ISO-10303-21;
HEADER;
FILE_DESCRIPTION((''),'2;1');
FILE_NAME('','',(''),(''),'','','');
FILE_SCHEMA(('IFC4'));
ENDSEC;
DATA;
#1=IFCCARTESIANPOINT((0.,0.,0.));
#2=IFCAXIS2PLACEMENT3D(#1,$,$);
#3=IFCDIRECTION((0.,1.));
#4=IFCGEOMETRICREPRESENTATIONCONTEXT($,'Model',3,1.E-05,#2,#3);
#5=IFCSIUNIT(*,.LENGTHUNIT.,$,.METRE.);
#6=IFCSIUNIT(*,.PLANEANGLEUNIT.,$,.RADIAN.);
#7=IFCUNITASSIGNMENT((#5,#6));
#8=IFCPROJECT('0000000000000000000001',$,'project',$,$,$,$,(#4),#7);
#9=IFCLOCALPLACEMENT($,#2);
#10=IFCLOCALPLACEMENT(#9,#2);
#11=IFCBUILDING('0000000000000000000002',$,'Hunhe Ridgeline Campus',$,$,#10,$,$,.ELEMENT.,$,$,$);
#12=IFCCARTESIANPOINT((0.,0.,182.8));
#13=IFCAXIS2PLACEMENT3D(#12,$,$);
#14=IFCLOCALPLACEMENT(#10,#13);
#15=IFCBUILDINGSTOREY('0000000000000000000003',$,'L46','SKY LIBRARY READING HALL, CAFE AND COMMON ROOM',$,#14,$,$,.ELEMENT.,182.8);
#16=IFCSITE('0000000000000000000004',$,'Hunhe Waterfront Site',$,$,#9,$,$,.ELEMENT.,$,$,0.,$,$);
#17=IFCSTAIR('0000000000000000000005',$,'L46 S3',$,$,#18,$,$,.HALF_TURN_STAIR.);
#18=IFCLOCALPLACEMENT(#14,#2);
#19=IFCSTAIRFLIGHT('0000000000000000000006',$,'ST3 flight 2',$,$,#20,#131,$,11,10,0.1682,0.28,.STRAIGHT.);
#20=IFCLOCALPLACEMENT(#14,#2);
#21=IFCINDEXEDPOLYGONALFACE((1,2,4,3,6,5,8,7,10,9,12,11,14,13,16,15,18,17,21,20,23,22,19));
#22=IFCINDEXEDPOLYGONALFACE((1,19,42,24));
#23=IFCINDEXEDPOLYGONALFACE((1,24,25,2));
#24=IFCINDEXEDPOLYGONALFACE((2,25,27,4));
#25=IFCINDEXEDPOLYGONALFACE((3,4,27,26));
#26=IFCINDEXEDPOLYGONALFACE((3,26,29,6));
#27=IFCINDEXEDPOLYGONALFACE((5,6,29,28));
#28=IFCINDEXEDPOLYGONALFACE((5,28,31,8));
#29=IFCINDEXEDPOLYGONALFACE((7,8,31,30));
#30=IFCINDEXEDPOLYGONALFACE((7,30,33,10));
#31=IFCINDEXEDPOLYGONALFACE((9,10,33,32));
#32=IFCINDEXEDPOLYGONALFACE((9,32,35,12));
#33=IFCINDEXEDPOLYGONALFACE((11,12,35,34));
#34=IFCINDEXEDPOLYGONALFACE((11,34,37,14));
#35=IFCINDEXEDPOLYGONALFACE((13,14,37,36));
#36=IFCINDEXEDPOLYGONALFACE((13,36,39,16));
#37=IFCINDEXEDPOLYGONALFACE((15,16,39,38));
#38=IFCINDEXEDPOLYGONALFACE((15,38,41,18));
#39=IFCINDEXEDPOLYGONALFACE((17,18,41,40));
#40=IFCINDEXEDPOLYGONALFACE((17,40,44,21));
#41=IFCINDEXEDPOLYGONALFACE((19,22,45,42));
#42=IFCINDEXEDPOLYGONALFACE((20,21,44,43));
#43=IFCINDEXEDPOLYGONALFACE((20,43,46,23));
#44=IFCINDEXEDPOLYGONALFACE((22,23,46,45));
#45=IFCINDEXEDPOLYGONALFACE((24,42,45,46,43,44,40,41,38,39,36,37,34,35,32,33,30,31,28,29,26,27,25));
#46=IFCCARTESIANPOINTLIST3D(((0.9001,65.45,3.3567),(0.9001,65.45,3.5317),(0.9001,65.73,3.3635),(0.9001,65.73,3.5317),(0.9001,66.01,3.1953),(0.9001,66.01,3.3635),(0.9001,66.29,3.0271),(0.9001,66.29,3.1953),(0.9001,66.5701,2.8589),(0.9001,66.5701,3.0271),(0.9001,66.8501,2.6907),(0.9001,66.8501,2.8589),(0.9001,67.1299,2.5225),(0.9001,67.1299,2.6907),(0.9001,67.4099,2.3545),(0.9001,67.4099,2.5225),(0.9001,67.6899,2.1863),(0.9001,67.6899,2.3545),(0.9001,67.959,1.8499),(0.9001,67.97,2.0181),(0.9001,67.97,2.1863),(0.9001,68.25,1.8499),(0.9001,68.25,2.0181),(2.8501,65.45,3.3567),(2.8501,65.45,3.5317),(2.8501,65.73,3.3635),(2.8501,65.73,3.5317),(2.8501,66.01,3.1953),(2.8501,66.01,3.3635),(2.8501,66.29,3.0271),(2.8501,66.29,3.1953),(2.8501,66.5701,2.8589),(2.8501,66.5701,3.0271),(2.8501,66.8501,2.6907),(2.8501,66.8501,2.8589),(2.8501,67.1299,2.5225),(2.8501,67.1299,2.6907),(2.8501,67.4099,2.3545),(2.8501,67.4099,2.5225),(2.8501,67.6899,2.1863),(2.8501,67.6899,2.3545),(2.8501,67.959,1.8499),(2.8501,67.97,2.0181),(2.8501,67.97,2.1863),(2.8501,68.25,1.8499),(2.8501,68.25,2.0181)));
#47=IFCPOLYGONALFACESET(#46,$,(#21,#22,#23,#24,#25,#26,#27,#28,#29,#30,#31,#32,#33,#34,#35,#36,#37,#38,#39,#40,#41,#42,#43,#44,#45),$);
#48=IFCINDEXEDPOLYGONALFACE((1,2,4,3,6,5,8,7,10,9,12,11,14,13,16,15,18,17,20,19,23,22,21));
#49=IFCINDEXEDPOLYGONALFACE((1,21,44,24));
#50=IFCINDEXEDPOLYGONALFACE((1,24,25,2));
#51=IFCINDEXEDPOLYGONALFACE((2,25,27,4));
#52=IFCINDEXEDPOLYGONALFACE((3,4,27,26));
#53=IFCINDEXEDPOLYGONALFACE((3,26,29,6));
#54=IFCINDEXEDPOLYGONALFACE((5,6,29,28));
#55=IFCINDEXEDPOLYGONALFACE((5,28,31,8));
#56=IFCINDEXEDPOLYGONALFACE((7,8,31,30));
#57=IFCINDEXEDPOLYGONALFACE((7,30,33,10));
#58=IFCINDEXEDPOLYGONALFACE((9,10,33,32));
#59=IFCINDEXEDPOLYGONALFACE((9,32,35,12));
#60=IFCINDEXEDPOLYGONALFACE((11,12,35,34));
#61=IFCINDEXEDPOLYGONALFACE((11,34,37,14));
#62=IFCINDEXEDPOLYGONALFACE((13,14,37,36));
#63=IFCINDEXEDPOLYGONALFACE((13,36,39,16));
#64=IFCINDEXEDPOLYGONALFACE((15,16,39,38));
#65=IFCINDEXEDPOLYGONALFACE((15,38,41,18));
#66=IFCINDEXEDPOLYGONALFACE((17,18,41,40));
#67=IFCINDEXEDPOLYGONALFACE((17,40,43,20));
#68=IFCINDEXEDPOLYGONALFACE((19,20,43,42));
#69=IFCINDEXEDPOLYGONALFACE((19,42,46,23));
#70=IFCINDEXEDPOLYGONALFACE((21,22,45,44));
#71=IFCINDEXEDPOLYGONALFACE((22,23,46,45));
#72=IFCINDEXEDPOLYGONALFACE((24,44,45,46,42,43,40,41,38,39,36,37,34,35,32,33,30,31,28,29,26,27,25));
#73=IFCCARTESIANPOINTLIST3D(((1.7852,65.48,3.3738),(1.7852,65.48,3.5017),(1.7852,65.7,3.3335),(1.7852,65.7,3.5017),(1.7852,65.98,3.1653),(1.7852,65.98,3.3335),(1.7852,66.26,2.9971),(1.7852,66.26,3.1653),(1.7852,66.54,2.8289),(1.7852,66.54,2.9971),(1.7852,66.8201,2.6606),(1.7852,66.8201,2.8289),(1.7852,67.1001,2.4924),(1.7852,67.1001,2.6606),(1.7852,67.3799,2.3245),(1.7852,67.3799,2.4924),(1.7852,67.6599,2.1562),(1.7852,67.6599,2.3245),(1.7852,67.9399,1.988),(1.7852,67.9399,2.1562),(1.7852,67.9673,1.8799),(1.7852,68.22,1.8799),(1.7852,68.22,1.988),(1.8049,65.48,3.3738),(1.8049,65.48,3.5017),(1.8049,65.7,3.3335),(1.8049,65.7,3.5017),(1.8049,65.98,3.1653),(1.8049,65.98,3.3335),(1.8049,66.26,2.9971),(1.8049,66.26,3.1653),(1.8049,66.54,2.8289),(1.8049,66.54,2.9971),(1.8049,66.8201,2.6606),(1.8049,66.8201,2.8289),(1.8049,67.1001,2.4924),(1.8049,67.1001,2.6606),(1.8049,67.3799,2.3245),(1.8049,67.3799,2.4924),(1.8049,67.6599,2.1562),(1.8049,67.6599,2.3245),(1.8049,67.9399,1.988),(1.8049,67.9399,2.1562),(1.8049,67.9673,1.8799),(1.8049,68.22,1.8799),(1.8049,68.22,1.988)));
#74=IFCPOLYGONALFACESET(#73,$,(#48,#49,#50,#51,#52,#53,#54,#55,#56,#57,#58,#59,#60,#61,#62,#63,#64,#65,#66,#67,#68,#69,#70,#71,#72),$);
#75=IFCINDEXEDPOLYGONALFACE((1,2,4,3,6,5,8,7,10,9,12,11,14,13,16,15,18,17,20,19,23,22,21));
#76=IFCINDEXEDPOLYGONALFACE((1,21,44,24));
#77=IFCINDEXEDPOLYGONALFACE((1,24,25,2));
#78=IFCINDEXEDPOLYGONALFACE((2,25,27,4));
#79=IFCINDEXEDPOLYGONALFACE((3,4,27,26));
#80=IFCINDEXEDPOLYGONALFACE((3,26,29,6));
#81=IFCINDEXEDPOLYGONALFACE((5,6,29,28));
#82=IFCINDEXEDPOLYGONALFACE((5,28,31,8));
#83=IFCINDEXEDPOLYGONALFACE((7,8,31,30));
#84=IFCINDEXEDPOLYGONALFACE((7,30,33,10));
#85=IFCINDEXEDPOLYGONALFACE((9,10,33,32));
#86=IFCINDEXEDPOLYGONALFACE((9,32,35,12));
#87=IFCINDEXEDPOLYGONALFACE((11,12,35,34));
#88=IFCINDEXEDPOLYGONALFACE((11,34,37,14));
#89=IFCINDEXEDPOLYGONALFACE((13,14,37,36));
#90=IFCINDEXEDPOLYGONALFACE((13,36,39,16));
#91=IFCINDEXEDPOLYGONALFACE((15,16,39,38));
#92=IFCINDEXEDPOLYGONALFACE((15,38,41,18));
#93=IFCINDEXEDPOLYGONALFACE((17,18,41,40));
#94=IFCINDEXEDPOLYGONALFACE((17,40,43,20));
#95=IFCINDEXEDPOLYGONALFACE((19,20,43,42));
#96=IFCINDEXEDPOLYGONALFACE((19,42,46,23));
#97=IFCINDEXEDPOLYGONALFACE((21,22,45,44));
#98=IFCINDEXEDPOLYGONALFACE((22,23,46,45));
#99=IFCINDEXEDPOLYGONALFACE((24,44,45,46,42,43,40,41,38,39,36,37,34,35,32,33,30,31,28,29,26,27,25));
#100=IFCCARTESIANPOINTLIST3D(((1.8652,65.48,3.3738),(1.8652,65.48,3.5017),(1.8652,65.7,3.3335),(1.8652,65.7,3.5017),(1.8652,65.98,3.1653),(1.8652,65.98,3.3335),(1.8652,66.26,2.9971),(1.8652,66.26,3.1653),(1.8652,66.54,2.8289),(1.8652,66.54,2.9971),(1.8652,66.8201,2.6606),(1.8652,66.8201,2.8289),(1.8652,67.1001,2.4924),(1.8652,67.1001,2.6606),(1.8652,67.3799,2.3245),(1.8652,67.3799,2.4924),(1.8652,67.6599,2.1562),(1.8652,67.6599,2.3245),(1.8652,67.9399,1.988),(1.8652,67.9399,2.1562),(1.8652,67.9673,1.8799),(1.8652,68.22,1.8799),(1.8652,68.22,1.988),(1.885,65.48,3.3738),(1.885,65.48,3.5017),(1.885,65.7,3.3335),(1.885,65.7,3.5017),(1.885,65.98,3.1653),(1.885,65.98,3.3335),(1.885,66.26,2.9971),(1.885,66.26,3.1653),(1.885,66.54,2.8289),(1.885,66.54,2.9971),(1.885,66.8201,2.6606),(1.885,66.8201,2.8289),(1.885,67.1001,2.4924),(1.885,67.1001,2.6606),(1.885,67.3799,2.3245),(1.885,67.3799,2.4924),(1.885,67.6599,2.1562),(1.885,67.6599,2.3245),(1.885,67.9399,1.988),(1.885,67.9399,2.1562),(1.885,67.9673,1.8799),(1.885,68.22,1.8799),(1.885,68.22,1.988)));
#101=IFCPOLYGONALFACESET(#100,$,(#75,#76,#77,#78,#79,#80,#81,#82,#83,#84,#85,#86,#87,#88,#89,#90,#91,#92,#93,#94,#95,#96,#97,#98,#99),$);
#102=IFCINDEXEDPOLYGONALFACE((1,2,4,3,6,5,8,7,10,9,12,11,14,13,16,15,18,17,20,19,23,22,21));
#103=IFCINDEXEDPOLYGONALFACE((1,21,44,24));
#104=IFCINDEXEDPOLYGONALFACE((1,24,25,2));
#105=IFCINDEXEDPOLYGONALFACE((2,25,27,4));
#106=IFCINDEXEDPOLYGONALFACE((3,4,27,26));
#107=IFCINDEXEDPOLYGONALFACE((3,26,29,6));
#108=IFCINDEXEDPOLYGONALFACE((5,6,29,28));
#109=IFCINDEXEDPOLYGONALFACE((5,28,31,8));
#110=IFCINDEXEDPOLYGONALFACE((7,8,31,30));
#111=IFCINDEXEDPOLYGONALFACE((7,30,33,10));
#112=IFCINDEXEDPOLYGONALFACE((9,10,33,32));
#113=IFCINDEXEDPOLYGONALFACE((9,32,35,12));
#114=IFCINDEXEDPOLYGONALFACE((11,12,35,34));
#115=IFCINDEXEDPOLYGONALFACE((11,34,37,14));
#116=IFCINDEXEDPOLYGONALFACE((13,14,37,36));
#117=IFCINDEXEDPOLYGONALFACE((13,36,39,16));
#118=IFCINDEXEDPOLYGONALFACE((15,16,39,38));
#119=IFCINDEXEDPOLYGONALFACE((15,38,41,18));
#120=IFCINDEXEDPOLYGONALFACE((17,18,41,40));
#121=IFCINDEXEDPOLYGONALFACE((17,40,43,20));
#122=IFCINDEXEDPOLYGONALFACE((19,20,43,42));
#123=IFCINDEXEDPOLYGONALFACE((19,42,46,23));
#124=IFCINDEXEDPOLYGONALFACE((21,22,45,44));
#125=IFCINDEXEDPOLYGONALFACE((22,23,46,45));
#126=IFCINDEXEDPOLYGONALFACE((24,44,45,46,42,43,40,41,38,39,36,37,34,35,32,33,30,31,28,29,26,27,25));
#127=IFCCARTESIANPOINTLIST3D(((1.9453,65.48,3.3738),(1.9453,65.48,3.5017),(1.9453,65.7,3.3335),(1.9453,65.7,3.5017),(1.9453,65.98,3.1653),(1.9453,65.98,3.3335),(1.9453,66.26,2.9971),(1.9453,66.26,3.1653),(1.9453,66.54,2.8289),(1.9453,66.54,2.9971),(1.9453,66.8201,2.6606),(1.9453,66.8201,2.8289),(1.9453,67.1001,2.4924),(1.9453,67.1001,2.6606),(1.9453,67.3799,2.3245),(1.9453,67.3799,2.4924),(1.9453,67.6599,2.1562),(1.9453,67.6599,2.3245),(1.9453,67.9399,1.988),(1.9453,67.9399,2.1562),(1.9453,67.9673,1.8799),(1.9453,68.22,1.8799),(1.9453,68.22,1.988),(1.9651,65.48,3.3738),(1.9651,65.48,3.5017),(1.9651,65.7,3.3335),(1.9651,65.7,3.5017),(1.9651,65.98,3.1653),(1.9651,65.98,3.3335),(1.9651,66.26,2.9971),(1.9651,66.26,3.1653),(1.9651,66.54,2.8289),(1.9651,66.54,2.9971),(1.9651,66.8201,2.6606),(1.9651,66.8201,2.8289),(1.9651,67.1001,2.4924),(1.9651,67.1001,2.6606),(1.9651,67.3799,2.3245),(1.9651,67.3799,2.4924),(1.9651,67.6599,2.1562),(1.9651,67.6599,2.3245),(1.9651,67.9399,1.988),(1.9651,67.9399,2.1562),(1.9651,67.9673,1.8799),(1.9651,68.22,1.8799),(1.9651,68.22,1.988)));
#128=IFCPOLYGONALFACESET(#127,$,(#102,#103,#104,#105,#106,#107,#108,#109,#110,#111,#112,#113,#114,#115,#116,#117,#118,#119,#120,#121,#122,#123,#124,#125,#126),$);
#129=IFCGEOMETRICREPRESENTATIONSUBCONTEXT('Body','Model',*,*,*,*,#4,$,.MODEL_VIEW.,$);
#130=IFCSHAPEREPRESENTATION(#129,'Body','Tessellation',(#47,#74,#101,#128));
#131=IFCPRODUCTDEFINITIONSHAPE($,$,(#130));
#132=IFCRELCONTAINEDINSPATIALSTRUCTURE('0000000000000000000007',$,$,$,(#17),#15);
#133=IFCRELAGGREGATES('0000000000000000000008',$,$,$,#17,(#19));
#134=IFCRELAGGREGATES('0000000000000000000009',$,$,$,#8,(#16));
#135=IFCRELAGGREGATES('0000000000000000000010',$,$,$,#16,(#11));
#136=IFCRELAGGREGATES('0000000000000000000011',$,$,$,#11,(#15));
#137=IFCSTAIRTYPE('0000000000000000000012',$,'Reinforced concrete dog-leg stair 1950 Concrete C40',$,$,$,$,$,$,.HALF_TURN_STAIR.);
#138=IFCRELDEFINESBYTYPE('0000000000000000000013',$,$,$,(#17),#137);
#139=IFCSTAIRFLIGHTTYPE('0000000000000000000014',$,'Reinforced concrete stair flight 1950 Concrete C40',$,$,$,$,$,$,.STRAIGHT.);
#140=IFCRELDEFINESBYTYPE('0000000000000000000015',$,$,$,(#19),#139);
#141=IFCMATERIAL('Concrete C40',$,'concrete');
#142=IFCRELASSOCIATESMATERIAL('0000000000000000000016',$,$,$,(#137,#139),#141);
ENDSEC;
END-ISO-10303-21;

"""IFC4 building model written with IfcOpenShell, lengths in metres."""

from ifc_helpers import new_model, si_unit, direction, frame, origin, place, context, subcontext, project, spatial, polyline, outline, extrude, material, type_object, element, aggregate, save


model = new_model("IFC4")

# Units and contexts
model_context = context("Model", 3, precision=1e-05, world=origin(), true_north=direction((0.0, 1.0)))
body_context = subcontext(model_context, "Body", "Model", "MODEL_VIEW")
ifc_project = project(units=[si_unit("LENGTHUNIT", "METRE"), si_unit("PLANEANGLEUNIT", "RADIAN")], contexts=[model_context])

# Site, building, storey
site_placement = place(None, origin())
site = spatial("IfcSite", under=ifc_project, at=site_placement, Name="Hunhe Waterfront Site", CompositionType="ELEMENT", RefElevation=0.0)
building_placement = place(site_placement, origin())
building = spatial("IfcBuilding", under=site, at=building_placement, Name="Hunhe Ridgeline Campus", CompositionType="ELEMENT")
storey_placement = place(building_placement, frame((0.0, 0.0, 182.8)))
storey = spatial("IfcBuildingStorey", under=building, at=storey_placement, Name="L46", Description="SKY LIBRARY READING HALL, CAFE AND COMMON ROOM", CompositionType="ELEMENT", Elevation=182.8)

# Stair, stair flight
ifc_material_1 = material(Name="Concrete C40", Category="concrete")
stair_type = type_object("IfcStairType", Name="Reinforced concrete dog-leg stair 1950 Concrete C40", PredefinedType="HALF_TURN_STAIR", material=ifc_material_1)
stair_1_placement = place(storey_placement, origin())
stair_1 = element("IfcStair", 1, at=stair_1_placement, inside=storey, type_object=stair_type, Name="L46 S3", PredefinedType="HALF_TURN_STAIR")
stair_flight_type = type_object("IfcStairFlightType", Name="Reinforced concrete stair flight 1950 Concrete C40", PredefinedType="STRAIGHT", material=ifc_material_1)
stair_flight_1_placement = place(storey_placement, frame((1.875, 68.25, 1.8499), z_axis=(0.0, 0.0, 1.0), x_axis=(0.0, -1.0, 0.0)))
stair_flight_1 = element("IfcStairFlight", 2, at=stair_flight_1_placement, type_object=stair_flight_type, Name="ST3 flight 2", NumberOfRisers=11, NumberOfTreads=10, PredefinedType="STRAIGHT", RiserHeight=0.1682, TreadLength=0.28, context=body_context, shape_type="SweptSolid", body=[
    extrude(outline(polyline([(0.0, 0.0), (0.0, 0.1682), (0.28, 0.1682), (0.28, 0.3364), (0.5601, 0.3364), (0.5601, 0.5046), (0.8401, 0.5046), (0.8401, 0.6726), (1.1201, 0.6726), (1.1201, 0.8408), (1.3999, 0.8408), (1.3999, 1.009), (1.6799, 1.009), (1.6799, 1.1772), (1.96, 1.1772), (1.96, 1.3455), (2.24, 1.3455), (2.24, 1.5137), (2.52, 1.5137), (2.52, 1.6819), (2.8, 1.6819), (2.8, 1.8501), (2.8, 1.5068), (0.291, 0.0), (0.0, 0.0)])), frame((0.0, 0.9751, 0.0), z_axis=(0.0, -1.0, 0.0), x_axis=(1.0, 0.0, 0.0)), (0.0, 0.0, 1.0), 1.95),
    extrude(outline(polyline([(0.03, 0.03), (0.03, 0.1382), (0.3101, 0.1382), (0.3101, 0.3064), (0.5901, 0.3064), (0.5901, 0.4746), (0.8701, 0.4746), (0.8701, 0.6426), (1.1499, 0.6426), (1.1499, 0.8108), (1.4299, 0.8108), (1.4299, 0.979), (1.71, 0.979), (1.71, 1.1472), (1.99, 1.1472), (1.99, 1.3154), (2.27, 1.3154), (2.27, 1.4836), (2.55, 1.4836), (2.55, 1.6519), (2.77, 1.6519), (2.77, 1.5239), (0.2827, 0.03), (0.03, 0.03)])), frame((0.0, -0.0701, 0.0), z_axis=(0.0, -1.0, 0.0), x_axis=(1.0, 0.0, 0.0)), (0.0, 0.0, 1.0), 0.0198),
    extrude(outline(polyline([(0.03, 0.03), (0.03, 0.1382), (0.3101, 0.1382), (0.3101, 0.3064), (0.5901, 0.3064), (0.5901, 0.4746), (0.8701, 0.4746), (0.8701, 0.6426), (1.1499, 0.6426), (1.1499, 0.8108), (1.4299, 0.8108), (1.4299, 0.979), (1.71, 0.979), (1.71, 1.1472), (1.99, 1.1472), (1.99, 1.3154), (2.27, 1.3154), (2.27, 1.4836), (2.55, 1.4836), (2.55, 1.6519), (2.77, 1.6519), (2.77, 1.5239), (0.2827, 0.03), (0.03, 0.03)])), frame((0.0, 0.01, 0.0), z_axis=(0.0, -1.0, 0.0), x_axis=(1.0, 0.0, 0.0)), (0.0, 0.0, 1.0), 0.0198),
    extrude(outline(polyline([(0.03, 0.03), (0.03, 0.1382), (0.3101, 0.1382), (0.3101, 0.3064), (0.5901, 0.3064), (0.5901, 0.4746), (0.8701, 0.4746), (0.8701, 0.6426), (1.1499, 0.6426), (1.1499, 0.8108), (1.4299, 0.8108), (1.4299, 0.979), (1.71, 0.979), (1.71, 1.1472), (1.99, 1.1472), (1.99, 1.3154), (2.27, 1.3154), (2.27, 1.4836), (2.55, 1.4836), (2.55, 1.6519), (2.77, 1.6519), (2.77, 1.5239), (0.2827, 0.03), (0.03, 0.03)])), frame((0.0, 0.0901, 0.0), z_axis=(0.0, -1.0, 0.0), x_axis=(1.0, 0.0, 0.0)), (0.0, 0.0, 1.0), 0.0198),
])
aggregate(stair_1, [stair_flight_1])

save(model, "model.ifc")
